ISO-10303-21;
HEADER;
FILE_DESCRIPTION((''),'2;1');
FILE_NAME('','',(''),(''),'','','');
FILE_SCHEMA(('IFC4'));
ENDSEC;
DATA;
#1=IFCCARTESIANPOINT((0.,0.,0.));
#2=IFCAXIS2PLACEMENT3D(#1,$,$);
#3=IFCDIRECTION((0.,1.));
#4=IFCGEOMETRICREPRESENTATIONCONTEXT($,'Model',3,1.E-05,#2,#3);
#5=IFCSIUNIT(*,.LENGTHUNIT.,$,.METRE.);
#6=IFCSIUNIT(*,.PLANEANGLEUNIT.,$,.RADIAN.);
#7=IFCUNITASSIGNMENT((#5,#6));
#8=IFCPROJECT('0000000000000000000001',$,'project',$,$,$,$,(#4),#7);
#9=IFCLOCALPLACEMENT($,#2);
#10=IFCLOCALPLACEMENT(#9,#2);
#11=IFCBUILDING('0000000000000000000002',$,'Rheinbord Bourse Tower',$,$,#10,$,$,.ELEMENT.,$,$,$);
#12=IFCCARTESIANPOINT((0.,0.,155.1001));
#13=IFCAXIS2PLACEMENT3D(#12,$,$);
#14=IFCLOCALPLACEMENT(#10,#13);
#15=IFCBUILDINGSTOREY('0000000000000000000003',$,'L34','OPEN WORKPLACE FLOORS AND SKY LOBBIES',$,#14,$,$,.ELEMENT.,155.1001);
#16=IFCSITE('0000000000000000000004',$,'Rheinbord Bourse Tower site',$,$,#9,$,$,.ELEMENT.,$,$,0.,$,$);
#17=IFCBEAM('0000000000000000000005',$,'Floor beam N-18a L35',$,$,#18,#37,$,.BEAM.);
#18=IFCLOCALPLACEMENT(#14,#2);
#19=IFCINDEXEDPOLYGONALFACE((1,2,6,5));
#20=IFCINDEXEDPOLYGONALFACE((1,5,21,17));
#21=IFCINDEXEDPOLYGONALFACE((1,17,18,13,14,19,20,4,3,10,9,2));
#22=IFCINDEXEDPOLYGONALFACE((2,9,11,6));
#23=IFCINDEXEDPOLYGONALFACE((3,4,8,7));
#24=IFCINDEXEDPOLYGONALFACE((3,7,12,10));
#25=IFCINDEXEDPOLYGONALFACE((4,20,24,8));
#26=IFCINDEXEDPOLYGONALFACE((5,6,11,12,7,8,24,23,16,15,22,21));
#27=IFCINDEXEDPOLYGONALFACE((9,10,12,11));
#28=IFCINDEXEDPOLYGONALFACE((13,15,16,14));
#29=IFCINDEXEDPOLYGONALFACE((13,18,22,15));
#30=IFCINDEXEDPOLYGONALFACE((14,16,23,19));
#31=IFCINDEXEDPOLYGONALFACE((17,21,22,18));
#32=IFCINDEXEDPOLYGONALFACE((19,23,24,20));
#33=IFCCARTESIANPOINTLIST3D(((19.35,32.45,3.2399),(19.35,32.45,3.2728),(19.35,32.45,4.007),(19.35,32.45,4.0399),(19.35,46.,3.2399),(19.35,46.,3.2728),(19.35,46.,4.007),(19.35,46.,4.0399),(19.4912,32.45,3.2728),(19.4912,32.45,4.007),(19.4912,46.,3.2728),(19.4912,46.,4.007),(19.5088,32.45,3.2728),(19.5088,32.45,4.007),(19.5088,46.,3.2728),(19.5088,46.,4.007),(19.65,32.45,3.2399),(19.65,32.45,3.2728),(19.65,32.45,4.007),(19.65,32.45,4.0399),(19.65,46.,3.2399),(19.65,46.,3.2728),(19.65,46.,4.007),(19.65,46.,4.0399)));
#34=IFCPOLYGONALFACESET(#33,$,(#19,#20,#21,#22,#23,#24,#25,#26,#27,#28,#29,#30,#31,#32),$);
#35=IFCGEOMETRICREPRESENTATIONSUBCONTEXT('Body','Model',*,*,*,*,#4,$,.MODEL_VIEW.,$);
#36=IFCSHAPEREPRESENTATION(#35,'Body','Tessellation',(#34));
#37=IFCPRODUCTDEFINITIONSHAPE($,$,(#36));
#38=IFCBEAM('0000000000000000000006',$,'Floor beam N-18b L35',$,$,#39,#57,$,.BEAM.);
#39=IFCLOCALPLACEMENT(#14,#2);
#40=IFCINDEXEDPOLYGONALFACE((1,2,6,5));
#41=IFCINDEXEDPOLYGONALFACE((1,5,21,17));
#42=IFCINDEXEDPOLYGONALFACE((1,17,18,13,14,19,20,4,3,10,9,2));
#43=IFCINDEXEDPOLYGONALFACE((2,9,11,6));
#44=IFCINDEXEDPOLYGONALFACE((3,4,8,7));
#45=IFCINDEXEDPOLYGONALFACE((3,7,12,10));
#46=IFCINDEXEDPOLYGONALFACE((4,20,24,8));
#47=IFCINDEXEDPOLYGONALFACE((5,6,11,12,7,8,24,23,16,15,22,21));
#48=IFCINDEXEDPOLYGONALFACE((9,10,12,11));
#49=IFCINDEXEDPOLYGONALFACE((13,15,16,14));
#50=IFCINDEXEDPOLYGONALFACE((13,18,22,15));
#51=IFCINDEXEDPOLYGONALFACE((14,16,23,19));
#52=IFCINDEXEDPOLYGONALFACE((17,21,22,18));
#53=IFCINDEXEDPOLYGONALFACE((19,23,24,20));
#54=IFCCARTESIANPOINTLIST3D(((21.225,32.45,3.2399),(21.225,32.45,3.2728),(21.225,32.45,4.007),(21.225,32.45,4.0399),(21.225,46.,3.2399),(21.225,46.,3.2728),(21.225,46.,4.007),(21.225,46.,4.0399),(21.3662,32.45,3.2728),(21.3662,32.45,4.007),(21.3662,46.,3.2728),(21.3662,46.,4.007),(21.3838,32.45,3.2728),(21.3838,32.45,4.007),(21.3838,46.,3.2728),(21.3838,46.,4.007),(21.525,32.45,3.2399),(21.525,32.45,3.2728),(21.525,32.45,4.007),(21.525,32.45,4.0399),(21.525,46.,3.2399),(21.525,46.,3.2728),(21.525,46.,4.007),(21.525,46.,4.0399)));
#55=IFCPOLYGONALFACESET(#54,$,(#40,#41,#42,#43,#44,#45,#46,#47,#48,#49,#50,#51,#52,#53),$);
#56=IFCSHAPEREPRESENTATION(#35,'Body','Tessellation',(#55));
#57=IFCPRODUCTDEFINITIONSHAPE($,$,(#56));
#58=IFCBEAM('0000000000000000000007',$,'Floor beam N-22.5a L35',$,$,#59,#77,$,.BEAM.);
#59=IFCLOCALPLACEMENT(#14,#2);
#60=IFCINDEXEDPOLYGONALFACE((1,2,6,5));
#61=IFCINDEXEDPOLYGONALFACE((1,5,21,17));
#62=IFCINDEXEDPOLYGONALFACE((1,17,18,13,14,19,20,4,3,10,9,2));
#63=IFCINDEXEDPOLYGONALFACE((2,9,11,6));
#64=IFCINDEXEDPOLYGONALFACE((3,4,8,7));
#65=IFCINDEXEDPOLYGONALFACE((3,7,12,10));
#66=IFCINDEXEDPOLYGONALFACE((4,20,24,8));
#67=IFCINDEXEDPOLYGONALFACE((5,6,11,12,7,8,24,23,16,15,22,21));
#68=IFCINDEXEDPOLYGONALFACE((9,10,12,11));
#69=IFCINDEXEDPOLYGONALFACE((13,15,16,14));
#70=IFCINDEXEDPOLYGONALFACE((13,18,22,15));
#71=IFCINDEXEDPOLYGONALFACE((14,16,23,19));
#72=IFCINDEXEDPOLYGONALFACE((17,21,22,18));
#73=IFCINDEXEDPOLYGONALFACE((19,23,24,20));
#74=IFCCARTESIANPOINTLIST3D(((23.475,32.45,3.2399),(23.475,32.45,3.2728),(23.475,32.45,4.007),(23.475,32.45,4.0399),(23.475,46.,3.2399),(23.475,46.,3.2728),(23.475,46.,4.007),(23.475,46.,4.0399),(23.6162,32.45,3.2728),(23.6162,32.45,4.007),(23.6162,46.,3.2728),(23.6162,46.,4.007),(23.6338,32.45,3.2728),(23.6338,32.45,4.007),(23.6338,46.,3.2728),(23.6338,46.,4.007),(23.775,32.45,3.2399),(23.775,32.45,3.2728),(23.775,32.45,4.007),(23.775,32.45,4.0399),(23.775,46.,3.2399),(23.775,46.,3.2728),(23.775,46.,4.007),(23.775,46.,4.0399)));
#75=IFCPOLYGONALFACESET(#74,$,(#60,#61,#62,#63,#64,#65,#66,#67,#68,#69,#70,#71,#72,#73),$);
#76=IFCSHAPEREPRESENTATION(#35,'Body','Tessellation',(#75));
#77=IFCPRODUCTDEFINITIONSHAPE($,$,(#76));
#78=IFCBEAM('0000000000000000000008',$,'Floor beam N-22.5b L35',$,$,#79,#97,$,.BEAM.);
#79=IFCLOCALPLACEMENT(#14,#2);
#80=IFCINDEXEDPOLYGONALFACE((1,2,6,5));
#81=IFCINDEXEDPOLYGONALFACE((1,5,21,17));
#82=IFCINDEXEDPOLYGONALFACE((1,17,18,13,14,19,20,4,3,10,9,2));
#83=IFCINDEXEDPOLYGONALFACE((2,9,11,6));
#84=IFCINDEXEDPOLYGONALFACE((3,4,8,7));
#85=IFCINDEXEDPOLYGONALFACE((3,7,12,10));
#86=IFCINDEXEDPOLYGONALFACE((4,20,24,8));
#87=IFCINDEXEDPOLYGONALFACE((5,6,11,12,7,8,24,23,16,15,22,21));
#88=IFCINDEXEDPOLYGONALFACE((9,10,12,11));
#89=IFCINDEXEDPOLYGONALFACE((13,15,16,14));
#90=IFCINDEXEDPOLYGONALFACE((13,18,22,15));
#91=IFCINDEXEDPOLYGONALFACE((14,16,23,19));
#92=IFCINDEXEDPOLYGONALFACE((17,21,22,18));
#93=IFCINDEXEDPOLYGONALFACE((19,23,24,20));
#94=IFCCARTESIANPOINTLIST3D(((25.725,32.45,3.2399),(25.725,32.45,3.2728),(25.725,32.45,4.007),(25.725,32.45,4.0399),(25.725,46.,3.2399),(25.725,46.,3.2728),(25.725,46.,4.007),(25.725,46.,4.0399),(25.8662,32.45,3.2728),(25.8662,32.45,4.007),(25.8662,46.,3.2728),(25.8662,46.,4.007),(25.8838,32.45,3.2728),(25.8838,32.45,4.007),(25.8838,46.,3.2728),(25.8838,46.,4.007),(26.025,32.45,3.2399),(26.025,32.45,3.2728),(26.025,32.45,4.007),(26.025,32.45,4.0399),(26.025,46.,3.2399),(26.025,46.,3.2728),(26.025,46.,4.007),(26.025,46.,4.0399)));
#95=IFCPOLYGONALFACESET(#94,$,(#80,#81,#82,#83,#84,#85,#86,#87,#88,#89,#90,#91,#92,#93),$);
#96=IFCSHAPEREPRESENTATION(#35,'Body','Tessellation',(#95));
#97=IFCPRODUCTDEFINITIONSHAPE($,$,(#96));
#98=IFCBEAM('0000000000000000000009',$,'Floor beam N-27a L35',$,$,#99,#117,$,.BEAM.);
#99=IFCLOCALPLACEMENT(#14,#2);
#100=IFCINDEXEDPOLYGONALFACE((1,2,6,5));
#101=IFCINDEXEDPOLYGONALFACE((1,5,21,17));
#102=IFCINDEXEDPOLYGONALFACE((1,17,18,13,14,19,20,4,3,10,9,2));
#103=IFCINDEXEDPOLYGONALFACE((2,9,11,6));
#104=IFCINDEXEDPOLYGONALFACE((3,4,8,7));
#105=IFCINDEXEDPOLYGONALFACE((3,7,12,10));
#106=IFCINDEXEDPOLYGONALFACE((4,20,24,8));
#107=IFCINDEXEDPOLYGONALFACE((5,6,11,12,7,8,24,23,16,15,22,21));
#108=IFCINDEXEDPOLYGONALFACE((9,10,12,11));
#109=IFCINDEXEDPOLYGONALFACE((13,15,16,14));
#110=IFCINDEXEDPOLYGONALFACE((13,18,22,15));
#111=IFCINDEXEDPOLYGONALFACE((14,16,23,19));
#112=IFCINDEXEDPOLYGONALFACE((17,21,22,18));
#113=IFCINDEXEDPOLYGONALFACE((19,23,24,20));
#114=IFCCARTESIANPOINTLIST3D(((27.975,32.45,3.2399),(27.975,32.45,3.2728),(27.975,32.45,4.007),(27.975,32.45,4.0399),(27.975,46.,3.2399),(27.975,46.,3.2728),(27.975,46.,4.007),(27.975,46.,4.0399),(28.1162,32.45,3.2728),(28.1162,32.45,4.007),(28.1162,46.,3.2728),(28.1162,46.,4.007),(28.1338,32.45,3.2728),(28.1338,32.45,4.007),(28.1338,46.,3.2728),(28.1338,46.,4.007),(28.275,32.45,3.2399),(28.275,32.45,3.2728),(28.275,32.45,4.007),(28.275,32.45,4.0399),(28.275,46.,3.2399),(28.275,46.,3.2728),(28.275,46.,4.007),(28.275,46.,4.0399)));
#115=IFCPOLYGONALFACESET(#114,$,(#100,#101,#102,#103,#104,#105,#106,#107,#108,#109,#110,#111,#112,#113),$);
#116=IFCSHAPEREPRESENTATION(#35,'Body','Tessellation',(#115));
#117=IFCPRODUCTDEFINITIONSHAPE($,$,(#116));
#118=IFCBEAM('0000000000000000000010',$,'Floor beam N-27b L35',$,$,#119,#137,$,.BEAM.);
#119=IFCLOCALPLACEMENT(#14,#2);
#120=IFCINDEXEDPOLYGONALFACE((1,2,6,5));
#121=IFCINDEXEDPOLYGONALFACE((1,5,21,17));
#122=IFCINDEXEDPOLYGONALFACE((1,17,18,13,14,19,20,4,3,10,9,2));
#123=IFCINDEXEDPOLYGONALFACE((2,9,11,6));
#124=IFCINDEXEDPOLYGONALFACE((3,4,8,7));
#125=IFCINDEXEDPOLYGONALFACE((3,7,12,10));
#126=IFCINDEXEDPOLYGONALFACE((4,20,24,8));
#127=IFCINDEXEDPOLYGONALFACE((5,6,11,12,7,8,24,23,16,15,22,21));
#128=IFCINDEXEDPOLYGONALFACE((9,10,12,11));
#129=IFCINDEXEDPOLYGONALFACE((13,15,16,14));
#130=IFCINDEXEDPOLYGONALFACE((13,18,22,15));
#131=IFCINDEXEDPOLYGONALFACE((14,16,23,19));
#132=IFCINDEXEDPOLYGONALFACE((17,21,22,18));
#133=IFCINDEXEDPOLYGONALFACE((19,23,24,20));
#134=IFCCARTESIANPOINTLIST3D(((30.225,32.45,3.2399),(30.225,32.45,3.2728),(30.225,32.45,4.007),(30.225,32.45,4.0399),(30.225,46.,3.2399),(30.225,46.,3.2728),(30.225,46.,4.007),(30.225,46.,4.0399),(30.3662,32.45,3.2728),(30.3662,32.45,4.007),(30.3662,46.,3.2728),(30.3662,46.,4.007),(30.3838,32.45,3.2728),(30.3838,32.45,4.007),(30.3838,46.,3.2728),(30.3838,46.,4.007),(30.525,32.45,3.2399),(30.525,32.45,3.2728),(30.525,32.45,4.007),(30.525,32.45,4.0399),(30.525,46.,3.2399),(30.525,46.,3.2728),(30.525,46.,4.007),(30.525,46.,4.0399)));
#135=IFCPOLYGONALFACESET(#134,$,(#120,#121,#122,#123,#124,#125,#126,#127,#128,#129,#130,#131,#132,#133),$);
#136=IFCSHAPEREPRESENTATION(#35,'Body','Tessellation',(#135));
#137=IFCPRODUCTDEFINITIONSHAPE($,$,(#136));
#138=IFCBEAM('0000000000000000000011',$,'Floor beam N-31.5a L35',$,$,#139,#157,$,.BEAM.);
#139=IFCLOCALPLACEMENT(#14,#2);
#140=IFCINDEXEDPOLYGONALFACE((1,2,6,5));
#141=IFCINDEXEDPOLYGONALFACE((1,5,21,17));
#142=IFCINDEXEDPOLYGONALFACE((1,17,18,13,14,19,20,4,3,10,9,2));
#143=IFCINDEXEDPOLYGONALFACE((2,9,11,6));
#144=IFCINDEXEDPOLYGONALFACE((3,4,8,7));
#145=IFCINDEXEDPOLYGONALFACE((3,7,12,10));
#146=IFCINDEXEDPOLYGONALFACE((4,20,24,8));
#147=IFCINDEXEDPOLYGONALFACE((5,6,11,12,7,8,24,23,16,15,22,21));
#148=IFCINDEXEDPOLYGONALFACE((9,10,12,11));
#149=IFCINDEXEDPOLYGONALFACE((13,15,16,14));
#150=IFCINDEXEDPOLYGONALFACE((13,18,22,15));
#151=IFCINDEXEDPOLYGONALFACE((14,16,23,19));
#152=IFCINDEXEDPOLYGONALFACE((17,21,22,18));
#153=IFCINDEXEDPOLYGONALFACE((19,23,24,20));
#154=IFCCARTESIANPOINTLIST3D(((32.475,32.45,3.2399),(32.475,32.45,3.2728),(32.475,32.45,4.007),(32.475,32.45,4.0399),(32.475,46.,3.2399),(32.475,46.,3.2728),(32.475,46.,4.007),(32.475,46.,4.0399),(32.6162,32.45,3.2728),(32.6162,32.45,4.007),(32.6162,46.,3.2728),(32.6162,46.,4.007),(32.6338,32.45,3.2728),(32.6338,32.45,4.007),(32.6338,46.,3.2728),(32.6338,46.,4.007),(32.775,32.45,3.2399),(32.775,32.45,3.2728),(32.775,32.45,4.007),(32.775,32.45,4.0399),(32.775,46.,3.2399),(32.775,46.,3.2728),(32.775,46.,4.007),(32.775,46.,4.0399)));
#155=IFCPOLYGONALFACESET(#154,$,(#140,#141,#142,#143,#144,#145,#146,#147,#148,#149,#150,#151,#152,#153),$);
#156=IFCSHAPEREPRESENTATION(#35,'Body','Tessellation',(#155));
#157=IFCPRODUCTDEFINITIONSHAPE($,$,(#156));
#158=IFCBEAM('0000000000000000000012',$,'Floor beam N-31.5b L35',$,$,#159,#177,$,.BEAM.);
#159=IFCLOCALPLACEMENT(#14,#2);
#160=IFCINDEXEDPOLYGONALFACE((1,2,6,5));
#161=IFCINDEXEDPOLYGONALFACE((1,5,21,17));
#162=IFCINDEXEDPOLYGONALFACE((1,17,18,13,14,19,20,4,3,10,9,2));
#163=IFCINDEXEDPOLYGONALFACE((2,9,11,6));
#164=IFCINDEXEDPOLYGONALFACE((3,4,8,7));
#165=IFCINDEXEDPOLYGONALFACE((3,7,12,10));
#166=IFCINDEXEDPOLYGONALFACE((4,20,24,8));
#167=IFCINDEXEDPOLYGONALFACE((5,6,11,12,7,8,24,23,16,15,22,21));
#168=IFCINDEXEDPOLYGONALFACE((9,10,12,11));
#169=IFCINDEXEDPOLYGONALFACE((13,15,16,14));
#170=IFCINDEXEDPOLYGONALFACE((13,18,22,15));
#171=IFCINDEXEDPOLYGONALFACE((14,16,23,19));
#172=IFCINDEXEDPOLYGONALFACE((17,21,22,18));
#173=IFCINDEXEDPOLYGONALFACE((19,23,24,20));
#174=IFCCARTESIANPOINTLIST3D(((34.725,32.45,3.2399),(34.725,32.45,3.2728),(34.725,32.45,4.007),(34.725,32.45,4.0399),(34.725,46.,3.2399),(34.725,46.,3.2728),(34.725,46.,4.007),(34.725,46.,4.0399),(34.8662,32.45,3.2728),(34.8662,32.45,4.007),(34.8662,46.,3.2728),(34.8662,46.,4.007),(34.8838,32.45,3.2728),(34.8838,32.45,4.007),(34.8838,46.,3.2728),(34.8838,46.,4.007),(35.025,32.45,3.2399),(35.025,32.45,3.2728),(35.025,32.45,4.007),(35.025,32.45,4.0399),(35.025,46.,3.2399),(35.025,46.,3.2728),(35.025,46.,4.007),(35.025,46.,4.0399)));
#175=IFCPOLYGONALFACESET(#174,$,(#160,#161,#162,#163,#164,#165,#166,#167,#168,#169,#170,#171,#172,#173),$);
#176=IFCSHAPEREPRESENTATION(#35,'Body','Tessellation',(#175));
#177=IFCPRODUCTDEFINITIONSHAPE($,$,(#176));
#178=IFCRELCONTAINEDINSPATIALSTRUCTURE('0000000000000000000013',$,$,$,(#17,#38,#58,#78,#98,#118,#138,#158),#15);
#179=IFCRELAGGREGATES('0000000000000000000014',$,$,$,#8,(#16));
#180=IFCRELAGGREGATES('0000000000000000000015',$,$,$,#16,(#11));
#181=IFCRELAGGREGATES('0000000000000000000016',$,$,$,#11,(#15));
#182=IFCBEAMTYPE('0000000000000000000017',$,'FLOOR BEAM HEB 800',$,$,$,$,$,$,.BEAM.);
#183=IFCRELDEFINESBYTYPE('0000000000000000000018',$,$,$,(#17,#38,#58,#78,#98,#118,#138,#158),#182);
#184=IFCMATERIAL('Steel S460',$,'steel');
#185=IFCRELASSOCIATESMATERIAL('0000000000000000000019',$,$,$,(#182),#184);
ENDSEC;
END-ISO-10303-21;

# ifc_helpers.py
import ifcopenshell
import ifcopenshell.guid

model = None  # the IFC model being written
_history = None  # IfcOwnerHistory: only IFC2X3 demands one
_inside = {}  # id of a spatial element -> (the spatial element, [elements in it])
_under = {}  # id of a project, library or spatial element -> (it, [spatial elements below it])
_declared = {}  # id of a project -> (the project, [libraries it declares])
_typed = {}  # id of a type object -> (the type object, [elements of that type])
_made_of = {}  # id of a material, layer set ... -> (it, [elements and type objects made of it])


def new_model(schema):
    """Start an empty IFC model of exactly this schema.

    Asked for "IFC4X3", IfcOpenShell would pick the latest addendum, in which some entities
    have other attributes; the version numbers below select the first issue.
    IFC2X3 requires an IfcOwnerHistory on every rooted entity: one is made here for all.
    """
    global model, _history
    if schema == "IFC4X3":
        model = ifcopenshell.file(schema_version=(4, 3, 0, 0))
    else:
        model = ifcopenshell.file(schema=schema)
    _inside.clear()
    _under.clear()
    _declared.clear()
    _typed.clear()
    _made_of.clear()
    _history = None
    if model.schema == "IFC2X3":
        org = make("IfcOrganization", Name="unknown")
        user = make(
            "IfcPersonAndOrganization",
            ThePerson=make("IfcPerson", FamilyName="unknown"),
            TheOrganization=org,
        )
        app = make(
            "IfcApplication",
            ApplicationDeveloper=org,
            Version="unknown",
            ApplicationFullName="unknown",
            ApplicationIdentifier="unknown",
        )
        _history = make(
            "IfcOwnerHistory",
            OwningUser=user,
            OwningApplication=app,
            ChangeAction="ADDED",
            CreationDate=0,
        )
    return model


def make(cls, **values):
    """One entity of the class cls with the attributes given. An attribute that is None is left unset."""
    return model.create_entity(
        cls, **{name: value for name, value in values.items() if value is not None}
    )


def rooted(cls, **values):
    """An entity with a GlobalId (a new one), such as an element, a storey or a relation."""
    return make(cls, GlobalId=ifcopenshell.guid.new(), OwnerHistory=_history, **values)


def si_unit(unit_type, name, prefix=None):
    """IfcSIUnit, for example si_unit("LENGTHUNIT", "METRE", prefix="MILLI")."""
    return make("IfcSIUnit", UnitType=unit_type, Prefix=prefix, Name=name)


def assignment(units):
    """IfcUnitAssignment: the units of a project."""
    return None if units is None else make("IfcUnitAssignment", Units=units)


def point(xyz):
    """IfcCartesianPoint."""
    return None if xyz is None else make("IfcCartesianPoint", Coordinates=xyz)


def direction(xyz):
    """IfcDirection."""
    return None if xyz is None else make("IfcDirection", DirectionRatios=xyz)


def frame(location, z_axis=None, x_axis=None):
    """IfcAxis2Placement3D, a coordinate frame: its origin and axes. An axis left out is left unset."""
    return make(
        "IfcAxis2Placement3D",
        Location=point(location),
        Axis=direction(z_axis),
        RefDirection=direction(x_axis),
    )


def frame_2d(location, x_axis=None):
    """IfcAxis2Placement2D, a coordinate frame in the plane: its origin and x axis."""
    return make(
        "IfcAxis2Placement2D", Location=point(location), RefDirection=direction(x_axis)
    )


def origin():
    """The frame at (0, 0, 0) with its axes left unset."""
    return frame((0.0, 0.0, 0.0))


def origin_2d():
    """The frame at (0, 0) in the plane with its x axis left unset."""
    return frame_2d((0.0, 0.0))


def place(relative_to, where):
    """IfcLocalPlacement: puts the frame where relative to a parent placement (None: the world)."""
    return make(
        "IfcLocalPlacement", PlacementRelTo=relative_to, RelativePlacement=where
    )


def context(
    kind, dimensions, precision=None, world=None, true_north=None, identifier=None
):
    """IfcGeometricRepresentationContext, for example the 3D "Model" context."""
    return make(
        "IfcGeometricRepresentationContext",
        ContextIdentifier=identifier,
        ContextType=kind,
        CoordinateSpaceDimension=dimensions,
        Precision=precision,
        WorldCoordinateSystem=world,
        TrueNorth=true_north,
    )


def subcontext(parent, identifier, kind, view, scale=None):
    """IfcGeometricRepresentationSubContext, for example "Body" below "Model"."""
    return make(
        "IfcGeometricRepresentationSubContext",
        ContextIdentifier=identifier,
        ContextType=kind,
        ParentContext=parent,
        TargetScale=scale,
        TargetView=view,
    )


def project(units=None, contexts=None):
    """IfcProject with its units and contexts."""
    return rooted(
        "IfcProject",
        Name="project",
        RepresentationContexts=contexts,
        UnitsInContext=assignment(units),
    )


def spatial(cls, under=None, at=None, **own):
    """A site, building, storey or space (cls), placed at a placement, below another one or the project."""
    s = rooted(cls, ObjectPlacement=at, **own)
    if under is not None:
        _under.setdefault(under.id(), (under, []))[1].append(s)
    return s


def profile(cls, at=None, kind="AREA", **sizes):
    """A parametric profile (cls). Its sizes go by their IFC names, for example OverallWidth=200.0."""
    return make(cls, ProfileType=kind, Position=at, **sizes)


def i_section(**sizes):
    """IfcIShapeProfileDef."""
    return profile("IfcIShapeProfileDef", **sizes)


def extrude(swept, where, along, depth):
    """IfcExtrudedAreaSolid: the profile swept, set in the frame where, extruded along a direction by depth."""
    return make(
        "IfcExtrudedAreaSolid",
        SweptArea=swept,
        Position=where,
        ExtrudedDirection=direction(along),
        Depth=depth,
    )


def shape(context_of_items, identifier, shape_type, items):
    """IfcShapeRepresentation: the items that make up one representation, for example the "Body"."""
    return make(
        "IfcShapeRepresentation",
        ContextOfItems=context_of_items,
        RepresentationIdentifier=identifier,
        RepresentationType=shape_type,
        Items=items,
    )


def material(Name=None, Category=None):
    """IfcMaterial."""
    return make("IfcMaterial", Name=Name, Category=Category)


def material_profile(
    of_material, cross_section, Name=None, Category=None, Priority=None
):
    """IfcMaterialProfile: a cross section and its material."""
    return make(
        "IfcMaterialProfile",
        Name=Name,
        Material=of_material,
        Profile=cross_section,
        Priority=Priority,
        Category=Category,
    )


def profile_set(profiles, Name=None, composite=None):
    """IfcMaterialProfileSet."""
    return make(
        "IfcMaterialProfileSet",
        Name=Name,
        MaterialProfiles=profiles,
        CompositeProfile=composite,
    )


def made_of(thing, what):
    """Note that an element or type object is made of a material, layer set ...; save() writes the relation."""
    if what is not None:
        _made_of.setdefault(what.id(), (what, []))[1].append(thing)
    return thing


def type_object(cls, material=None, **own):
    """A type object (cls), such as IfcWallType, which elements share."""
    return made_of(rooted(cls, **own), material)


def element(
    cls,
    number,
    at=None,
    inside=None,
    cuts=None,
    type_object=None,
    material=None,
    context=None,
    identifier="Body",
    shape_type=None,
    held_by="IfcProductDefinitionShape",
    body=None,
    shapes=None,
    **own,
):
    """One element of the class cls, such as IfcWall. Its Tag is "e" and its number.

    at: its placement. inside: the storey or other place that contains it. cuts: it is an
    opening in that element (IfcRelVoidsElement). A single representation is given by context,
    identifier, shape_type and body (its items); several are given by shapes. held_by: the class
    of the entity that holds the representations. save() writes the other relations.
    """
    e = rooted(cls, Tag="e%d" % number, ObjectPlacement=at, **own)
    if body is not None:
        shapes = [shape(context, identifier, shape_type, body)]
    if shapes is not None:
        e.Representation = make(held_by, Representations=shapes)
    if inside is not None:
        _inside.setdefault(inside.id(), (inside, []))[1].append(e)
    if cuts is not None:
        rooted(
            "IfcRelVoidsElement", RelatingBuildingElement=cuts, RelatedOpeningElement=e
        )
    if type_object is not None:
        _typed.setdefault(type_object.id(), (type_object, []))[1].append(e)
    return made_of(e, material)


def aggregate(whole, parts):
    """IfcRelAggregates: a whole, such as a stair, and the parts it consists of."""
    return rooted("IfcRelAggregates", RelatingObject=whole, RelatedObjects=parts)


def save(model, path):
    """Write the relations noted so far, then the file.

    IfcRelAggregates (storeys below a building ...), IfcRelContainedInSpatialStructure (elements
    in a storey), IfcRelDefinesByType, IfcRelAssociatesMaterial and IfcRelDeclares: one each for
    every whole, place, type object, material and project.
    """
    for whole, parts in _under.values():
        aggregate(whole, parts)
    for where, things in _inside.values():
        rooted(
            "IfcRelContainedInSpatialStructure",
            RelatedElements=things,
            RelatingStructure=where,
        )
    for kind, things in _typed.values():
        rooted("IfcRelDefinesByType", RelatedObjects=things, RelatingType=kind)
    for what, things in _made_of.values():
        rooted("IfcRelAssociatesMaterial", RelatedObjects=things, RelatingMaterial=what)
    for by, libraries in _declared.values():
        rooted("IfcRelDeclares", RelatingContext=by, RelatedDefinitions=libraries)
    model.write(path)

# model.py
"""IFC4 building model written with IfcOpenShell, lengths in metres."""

from ifc_helpers import new_model, si_unit, direction, frame, origin, origin_2d, place, context, subcontext, project, spatial, i_section, extrude, material, material_profile, profile_set, type_object, element, save


model = new_model("IFC4")

# Units and contexts
model_context = context("Model", 3, precision=1e-05, world=origin(), true_north=direction((0.0, 1.0)))
body_context = subcontext(model_context, "Body", "Model", "MODEL_VIEW")
ifc_project = project(units=[si_unit("LENGTHUNIT", "METRE"), si_unit("PLANEANGLEUNIT", "RADIAN")], contexts=[model_context])

# Site, building, storey
site_placement = place(None, origin())
site = spatial("IfcSite", under=ifc_project, at=site_placement, Name="Rheinbord Bourse Tower site", CompositionType="ELEMENT", RefElevation=0.0)
building_placement = place(site_placement, origin())
building = spatial("IfcBuilding", under=site, at=building_placement, Name="Rheinbord Bourse Tower", CompositionType="ELEMENT")
storey_placement = place(building_placement, frame((0.0, 0.0, 155.1001)))
storey = spatial("IfcBuildingStorey", under=building, at=storey_placement, Name="L34", Description="OPEN WORKPLACE FLOORS AND SKY LOBBIES", CompositionType="ELEMENT", Elevation=155.1001)

# Beams
ifc_material_1 = material(Name="Steel S460", Category="steel")
ifc_material_profile_1 = material_profile(ifc_material_1, i_section(OverallWidth=0.3, OverallDepth=0.8, WebThickness=0.0176, FlangeThickness=0.033, at=origin_2d()), Name="HEB 800")
ifc_profile_set_1 = profile_set([ifc_material_profile_1], Name="Steel S460")
beam_type_1 = type_object("IfcBeamType", Name="FLOOR BEAM HEB 800", PredefinedType="BEAM", material=ifc_profile_set_1)
for number, where, z_axis, x_axis, name in (
    (1, (19.5, 46.0, 3.6399), (0.0, -1.0, 0.0), (1.0, 0.0, 0.0), "Floor beam N-18a L35"),
    (2, (21.375, 46.0, 3.6399), (0.0, -1.0, 0.0), (1.0, 0.0, 0.0), "Floor beam N-18b L35"),
    (3, (23.625, 46.0, 3.6399), (0.0, -1.0, 0.0), (1.0, 0.0, 0.0), "Floor beam N-22.5a L35"),
    (4, (25.875, 46.0, 3.6399), (0.0, -1.0, 0.0), (1.0, 0.0, 0.0), "Floor beam N-22.5b L35"),
    (5, (28.125, 46.0, 3.6399), (0.0, -1.0, 0.0), (1.0, 0.0, 0.0), "Floor beam N-27a L35"),
    (6, (30.375, 46.0, 3.6399), (0.0, -1.0, 0.0), (1.0, 0.0, 0.0), "Floor beam N-27b L35"),
    (7, (32.625, 46.0, 3.6399), (0.0, -1.0, 0.0), (1.0, 0.0, 0.0), "Floor beam N-31.5a L35"),
    (8, (34.875, 46.0, 3.6399), (0.0, -1.0, 0.0), (1.0, 0.0, 0.0), "Floor beam N-31.5b L35"),
):
    element("IfcBeam", number, at=place(storey_placement, frame(where, z_axis=z_axis, x_axis=x_axis)), inside=storey, type_object=beam_type_1, Name=name, PredefinedType="BEAM", context=body_context, shape_type="SweptSolid", body=[
        extrude(i_section(OverallWidth=0.3, OverallDepth=0.8, WebThickness=0.0176, FlangeThickness=0.033, at=origin_2d()), origin(), (0.0, 0.0, 1.0), 13.55),
    ])

save(model, "model.ifc")
